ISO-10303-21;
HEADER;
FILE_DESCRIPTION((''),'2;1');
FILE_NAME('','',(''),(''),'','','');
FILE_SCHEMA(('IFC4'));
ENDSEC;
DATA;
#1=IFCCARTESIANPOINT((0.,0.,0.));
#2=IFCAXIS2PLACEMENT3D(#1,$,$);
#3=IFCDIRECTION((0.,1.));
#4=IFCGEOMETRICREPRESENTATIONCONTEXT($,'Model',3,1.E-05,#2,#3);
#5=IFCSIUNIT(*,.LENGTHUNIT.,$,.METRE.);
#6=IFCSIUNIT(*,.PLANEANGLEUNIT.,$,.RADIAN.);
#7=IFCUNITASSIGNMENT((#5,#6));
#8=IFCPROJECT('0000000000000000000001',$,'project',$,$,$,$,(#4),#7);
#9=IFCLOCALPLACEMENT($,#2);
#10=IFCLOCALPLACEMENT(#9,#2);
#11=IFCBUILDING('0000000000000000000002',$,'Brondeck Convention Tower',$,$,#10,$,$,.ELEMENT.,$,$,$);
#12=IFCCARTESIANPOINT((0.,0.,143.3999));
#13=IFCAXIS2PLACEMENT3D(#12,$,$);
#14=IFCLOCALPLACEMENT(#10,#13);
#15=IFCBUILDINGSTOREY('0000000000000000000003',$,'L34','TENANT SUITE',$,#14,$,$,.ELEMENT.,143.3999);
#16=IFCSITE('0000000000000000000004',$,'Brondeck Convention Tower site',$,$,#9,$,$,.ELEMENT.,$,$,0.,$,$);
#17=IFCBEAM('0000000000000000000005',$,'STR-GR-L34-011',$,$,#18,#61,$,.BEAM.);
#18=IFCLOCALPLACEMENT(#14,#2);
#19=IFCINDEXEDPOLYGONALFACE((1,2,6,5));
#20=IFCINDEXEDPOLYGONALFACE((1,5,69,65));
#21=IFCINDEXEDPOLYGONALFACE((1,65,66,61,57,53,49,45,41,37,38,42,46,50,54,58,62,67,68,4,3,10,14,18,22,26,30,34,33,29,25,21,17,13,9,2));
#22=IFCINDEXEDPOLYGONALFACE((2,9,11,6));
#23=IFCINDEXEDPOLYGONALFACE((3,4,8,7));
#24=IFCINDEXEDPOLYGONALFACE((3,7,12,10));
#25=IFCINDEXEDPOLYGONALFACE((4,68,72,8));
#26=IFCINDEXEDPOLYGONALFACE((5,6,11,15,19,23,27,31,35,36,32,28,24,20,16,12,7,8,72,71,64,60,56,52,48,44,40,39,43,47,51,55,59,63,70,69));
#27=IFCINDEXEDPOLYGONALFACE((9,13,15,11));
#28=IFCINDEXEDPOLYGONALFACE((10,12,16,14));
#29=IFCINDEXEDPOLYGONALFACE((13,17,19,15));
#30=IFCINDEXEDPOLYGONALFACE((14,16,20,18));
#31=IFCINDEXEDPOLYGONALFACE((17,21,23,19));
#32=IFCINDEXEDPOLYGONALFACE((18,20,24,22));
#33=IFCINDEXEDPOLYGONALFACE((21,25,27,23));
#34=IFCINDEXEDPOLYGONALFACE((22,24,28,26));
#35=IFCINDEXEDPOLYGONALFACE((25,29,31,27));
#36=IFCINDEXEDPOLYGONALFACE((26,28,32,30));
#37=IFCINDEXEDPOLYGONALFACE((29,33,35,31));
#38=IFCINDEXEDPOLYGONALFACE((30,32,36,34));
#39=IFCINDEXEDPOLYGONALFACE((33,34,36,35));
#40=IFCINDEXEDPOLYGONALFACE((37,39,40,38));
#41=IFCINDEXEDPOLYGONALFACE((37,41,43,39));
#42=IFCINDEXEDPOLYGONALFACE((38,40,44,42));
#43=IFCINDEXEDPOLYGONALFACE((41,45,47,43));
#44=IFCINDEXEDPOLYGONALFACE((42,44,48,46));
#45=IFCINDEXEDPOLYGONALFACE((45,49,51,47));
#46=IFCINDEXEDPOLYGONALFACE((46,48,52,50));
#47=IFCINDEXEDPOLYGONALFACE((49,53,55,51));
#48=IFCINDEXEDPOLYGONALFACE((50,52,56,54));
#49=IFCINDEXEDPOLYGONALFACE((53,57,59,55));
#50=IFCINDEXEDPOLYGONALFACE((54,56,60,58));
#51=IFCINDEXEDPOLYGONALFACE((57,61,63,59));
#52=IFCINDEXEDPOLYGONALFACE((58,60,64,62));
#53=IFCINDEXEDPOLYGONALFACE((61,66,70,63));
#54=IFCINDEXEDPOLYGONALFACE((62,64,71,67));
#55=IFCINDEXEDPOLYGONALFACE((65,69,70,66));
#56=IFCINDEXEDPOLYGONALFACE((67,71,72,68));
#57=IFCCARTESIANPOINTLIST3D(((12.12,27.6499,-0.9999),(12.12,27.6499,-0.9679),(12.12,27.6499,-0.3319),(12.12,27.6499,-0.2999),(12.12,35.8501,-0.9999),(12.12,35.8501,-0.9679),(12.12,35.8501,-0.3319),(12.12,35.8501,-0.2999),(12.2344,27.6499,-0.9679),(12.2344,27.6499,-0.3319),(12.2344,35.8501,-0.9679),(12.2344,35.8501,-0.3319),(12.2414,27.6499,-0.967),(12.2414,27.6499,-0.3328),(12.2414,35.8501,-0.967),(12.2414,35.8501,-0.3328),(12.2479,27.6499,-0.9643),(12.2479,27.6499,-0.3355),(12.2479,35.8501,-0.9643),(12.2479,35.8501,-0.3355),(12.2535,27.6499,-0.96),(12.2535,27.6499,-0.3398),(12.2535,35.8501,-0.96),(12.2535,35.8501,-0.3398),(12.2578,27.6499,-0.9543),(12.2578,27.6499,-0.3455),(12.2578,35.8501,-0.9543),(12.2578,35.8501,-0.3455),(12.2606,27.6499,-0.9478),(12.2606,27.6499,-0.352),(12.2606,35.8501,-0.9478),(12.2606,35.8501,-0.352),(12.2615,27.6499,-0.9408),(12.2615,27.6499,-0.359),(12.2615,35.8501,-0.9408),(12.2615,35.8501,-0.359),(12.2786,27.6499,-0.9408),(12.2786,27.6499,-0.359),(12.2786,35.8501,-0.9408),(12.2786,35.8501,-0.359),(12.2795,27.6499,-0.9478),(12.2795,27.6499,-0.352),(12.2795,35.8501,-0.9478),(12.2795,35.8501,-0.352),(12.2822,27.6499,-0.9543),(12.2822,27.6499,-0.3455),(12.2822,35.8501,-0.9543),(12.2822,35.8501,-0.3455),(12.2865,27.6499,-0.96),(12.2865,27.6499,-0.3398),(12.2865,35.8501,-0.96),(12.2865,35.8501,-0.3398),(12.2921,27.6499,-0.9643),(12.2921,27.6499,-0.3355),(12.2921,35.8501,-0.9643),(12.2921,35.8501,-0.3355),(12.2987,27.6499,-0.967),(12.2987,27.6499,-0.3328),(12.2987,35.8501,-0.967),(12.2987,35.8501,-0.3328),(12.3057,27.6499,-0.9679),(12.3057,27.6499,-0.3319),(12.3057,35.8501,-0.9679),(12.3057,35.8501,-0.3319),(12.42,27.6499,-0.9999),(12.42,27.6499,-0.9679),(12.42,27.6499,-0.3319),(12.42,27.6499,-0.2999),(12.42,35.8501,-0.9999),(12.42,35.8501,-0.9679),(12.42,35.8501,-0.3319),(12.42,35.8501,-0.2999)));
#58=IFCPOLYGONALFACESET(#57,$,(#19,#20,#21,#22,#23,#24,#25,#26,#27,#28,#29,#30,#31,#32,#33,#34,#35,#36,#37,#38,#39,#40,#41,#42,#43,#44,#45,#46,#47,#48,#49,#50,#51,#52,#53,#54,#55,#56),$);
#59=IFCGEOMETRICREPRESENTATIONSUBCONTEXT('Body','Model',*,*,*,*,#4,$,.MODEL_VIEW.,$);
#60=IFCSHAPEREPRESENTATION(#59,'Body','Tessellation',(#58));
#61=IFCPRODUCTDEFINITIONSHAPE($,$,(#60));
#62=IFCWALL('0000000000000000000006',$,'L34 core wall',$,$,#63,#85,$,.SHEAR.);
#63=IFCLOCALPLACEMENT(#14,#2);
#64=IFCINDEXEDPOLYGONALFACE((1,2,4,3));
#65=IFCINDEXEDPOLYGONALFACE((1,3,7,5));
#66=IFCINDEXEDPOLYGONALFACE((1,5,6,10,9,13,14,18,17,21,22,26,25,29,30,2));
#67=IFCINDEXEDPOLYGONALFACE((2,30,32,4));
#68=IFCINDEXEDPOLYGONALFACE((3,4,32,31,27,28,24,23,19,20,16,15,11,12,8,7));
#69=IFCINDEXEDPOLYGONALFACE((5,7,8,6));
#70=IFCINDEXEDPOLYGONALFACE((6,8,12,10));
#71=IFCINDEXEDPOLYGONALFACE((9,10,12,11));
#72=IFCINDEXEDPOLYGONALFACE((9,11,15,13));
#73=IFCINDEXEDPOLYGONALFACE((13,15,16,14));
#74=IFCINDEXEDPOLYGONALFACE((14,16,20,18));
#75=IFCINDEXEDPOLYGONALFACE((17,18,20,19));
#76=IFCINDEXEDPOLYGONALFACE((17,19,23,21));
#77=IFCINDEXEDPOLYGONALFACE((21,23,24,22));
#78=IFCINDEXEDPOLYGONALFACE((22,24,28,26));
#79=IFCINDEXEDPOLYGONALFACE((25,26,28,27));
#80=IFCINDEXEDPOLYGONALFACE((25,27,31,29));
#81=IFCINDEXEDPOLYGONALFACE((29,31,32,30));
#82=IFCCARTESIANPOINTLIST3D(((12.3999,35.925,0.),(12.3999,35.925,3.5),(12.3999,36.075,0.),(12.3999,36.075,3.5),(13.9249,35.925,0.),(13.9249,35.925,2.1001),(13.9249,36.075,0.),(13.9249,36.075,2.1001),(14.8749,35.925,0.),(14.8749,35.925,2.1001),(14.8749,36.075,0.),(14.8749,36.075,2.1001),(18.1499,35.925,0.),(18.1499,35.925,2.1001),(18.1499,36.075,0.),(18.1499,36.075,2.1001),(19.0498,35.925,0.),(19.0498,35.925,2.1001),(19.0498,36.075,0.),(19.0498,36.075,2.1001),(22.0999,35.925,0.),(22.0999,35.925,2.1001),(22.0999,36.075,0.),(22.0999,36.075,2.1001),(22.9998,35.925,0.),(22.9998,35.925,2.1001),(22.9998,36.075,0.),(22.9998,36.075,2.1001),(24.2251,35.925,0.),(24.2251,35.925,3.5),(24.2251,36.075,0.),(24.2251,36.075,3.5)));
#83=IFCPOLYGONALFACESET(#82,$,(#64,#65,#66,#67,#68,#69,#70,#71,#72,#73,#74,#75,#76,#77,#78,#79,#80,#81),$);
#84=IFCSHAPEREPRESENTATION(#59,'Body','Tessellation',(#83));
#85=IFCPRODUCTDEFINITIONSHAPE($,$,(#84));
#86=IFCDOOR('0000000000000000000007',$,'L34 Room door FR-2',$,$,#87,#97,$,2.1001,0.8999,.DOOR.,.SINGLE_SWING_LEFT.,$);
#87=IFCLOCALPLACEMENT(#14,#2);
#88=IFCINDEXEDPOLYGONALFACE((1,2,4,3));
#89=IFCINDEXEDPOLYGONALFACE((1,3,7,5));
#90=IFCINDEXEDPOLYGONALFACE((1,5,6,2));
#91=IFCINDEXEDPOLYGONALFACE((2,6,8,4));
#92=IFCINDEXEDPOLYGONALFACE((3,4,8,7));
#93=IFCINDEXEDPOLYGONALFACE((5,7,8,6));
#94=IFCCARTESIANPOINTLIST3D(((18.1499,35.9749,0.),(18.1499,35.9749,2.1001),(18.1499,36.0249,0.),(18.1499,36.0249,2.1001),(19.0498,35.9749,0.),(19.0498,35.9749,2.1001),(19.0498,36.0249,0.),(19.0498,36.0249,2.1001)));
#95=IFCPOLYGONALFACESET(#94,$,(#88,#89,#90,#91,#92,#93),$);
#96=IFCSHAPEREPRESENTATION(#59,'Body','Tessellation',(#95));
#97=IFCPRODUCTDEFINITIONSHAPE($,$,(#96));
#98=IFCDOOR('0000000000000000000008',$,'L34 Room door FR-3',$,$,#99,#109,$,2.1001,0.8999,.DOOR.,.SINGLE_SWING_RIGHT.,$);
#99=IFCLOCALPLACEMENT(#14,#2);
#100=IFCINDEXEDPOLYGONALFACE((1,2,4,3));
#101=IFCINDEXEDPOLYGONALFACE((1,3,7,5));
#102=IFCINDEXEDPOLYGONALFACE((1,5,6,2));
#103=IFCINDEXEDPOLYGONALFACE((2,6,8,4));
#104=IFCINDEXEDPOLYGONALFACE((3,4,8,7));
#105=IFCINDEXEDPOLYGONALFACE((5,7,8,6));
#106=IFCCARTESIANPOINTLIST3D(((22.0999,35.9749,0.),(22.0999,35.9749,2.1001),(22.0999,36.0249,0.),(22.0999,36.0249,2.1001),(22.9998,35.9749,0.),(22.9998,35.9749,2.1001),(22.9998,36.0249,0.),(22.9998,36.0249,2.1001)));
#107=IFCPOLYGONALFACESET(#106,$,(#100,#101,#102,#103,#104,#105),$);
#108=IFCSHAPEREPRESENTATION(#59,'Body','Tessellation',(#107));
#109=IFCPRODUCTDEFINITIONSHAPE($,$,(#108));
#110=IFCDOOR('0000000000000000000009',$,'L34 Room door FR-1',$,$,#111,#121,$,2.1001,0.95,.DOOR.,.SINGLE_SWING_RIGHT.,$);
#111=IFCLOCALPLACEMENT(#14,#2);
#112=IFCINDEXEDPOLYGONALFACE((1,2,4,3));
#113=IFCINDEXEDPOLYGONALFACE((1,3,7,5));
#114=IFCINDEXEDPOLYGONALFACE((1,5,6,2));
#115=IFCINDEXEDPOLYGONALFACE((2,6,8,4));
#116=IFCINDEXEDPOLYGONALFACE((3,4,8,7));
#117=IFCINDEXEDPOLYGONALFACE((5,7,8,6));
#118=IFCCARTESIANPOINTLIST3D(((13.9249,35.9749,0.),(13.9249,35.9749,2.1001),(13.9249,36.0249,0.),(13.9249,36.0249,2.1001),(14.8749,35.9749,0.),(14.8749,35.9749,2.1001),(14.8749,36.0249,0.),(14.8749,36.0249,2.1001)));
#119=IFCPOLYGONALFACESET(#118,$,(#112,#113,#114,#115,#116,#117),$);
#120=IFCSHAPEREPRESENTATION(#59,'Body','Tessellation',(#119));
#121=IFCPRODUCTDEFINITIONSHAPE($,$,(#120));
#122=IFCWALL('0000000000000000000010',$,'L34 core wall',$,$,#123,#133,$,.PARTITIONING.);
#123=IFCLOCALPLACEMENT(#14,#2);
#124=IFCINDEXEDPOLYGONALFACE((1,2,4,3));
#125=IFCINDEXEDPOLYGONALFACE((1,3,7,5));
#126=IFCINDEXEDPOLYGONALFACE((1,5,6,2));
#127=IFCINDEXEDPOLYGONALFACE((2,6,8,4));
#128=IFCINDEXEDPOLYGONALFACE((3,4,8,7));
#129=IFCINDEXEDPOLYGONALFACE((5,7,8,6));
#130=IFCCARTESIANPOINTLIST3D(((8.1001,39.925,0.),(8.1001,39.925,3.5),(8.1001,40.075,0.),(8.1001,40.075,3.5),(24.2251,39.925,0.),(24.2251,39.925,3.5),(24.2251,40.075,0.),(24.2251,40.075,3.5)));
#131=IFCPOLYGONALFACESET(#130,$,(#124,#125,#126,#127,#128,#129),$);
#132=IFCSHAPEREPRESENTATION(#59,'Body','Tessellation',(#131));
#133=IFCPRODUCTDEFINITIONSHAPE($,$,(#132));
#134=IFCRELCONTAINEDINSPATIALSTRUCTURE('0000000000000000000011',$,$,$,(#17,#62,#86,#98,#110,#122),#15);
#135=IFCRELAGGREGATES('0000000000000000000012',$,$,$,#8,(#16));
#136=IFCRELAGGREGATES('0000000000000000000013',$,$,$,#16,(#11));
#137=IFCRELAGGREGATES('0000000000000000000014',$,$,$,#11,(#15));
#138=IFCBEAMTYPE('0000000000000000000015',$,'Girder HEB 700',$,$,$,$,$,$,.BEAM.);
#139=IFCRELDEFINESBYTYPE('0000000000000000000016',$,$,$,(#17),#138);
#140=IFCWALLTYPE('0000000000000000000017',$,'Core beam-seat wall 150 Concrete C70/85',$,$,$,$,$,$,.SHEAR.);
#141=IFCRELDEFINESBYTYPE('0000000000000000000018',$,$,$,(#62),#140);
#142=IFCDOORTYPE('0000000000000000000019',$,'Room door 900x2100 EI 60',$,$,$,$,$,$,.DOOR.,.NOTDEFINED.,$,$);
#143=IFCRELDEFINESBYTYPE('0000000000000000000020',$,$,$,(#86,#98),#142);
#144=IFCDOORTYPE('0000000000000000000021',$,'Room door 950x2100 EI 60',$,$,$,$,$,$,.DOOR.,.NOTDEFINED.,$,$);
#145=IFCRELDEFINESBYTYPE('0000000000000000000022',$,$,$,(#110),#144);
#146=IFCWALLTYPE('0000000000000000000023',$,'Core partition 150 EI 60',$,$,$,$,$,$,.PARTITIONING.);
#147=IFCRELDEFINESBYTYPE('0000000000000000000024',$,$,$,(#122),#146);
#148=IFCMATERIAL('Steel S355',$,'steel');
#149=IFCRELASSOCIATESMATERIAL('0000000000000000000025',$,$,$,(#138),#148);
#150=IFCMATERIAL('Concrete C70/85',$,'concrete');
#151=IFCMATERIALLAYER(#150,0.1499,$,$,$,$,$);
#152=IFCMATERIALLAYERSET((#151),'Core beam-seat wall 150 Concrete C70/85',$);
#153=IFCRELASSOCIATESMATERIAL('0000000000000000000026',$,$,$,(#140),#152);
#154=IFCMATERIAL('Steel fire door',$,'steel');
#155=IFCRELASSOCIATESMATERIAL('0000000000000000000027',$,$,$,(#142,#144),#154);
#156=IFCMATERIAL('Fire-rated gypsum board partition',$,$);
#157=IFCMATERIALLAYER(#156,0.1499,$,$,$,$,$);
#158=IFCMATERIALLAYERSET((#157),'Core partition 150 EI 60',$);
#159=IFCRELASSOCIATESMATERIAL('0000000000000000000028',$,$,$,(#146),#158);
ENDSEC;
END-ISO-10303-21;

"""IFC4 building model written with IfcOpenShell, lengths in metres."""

from ifc_helpers import new_model, si_unit, direction, frame, frame_2d, origin, origin_2d, place, context, subcontext, project, spatial, rectangle, i_section, extrude, material, layer, layer_set, material_profile, profile_set, type_object, element, fill, save


model = new_model("IFC4")

# Units and contexts
model_context = context("Model", 3, precision=1e-05, world=origin(), true_north=direction((0.0, 1.0)))
body_context = subcontext(model_context, "Body", "Model", "MODEL_VIEW")
ifc_project = project(units=[si_unit("LENGTHUNIT", "METRE"), si_unit("PLANEANGLEUNIT", "RADIAN")], contexts=[model_context])

# Site, building, storey
site_placement = place(None, origin())
site = spatial("IfcSite", under=ifc_project, at=site_placement, Name="Brondeck Convention Tower site", CompositionType="ELEMENT", RefElevation=0.0)
building_placement = place(site_placement, origin())
building = spatial("IfcBuilding", under=site, at=building_placement, Name="Brondeck Convention Tower", CompositionType="ELEMENT")
storey_placement = place(building_placement, frame((0.0, 0.0, 143.3999)))
storey = spatial("IfcBuildingStorey", under=building, at=storey_placement, Name="L34", Description="TENANT SUITE", CompositionType="ELEMENT", Elevation=143.3999)

# Beam
ifc_material_1 = material(Name="Steel S355", Category="steel")
ifc_material_profile = material_profile(ifc_material_1, i_section(OverallWidth=0.3, OverallDepth=0.7, WebThickness=0.0171, FlangeThickness=0.032, FilletRadius=0.0271, at=origin_2d()), Name="HEB 700")
ifc_profile_set = profile_set([ifc_material_profile], Name="Steel S355")
beam_type = type_object("IfcBeamType", Name="Girder HEB 700", PredefinedType="BEAM", material=ifc_profile_set)
beam_placement = place(storey_placement, frame((12.27, 35.8501, -0.6499), z_axis=(0.0, -1.0, 0.0), x_axis=(1.0, 0.0, 0.0)))
element("IfcBeam", 1, at=beam_placement, inside=storey, type_object=beam_type, Name="STR-GR-L34-011", PredefinedType="BEAM", context=body_context, shape_type="SweptSolid", body=[
    extrude(i_section(OverallWidth=0.3, OverallDepth=0.7, WebThickness=0.0171, FlangeThickness=0.032, FilletRadius=0.0271, at=origin_2d()), origin(), (0.0, 0.0, 1.0), 8.2002),
])

# Wall, openings, doors
ifc_material_2 = material(Name="Concrete C70/85", Category="concrete")
ifc_layer_1 = layer(ifc_material_2, 0.1499)
ifc_layer_set_1 = layer_set([ifc_layer_1], Name="Core beam-seat wall 150 Concrete C70/85")
wall_type_1 = type_object("IfcWallType", Name="Core beam-seat wall 150 Concrete C70/85", PredefinedType="SHEAR", material=ifc_layer_set_1)
wall_1_placement = place(storey_placement, frame((12.3999, 36.0, 0.0), z_axis=(0.0, 0.0, 1.0), x_axis=(1.0, 0.0, 0.0)))
wall_1 = element("IfcWall", 2, at=wall_1_placement, inside=storey, type_object=wall_type_1, Name="L34 core wall", PredefinedType="SHEAR", context=body_context, shape_type="SweptSolid", body=[
    extrude(rectangle(XDim=11.8252, YDim=0.1499, at=frame_2d((5.9126, 0.0))), origin(), (0.0, 0.0, 1.0), 3.5),
])
opening_1_placement = place(wall_1_placement, frame((1.5249, 0.0, 0.0)))
opening_1 = element("IfcOpeningElement", 3, at=opening_1_placement, cuts=wall_1, PredefinedType="OPENING", context=body_context, shape_type="SweptSolid", body=[
    extrude(rectangle(XDim=0.95, YDim=2.1001, at=frame_2d((0.4751, 1.05))), frame((0.0, 0.085, 0.0), z_axis=(0.0, -1.0, 0.0), x_axis=(1.0, 0.0, 0.0)), (0.0, 0.0, 1.0), 0.1699),
])
opening_2_placement = place(wall_1_placement, frame((5.75, 0.0, 0.0)))
opening_2 = element("IfcOpeningElement", 4, at=opening_2_placement, cuts=wall_1, PredefinedType="OPENING", context=body_context, shape_type="SweptSolid", body=[
    extrude(rectangle(XDim=0.8999, YDim=2.1001, at=frame_2d((0.45, 1.05))), frame((0.0, 0.085, 0.0), z_axis=(0.0, -1.0, 0.0), x_axis=(1.0, 0.0, 0.0)), (0.0, 0.0, 1.0), 0.1699),
])
opening_3_placement = place(wall_1_placement, frame((9.7, 0.0, 0.0)))
opening_3 = element("IfcOpeningElement", 5, at=opening_3_placement, cuts=wall_1, PredefinedType="OPENING", context=body_context, shape_type="SweptSolid", body=[
    extrude(rectangle(XDim=0.8999, YDim=2.1001, at=frame_2d((0.45, 1.05))), frame((0.0, 0.085, 0.0), z_axis=(0.0, -1.0, 0.0), x_axis=(1.0, 0.0, 0.0)), (0.0, 0.0, 1.0), 0.1699),
])
ifc_material_3 = material(Name="Steel fire door", Category="steel")
door_type_1 = type_object("IfcDoorType", Name="Room door 900x2100 EI 60", OperationType="NOTDEFINED", PredefinedType="DOOR", material=ifc_material_3)
door_1_placement = place(opening_2_placement, origin())
door_1 = element("IfcDoor", 6, at=door_1_placement, inside=storey, type_object=door_type_1, Name="L34 Room door FR-2", OperationType="SINGLE_SWING_LEFT", OverallHeight=2.1001, OverallWidth=0.8999, PredefinedType="DOOR", context=body_context, shape_type="SweptSolid", body=[
    extrude(rectangle(XDim=0.8999, YDim=2.1001, at=frame_2d((0.45, 1.05))), frame((0.0, 0.0249, 0.0), z_axis=(0.0, -1.0, 0.0), x_axis=(1.0, 0.0, 0.0)), (0.0, 0.0, 1.0), 0.05),
])
fill(opening_2, door_1)
door_2_placement = place(opening_3_placement, origin())
door_2 = element("IfcDoor", 7, at=door_2_placement, inside=storey, type_object=door_type_1, Name="L34 Room door FR-3", OperationType="SINGLE_SWING_RIGHT", OverallHeight=2.1001, OverallWidth=0.8999, PredefinedType="DOOR", context=body_context, shape_type="SweptSolid", body=[
    extrude(rectangle(XDim=0.8999, YDim=2.1001, at=frame_2d((0.45, 1.05))), frame((0.0, 0.0249, 0.0), z_axis=(0.0, -1.0, 0.0), x_axis=(1.0, 0.0, 0.0)), (0.0, 0.0, 1.0), 0.05),
])
fill(opening_3, door_2)
door_type_2 = type_object("IfcDoorType", Name="Room door 950x2100 EI 60", OperationType="NOTDEFINED", PredefinedType="DOOR", material=ifc_material_3)
door_3_placement = place(opening_1_placement, origin())
door_3 = element("IfcDoor", 8, at=door_3_placement, inside=storey, type_object=door_type_2, Name="L34 Room door FR-1", OperationType="SINGLE_SWING_RIGHT", OverallHeight=2.1001, OverallWidth=0.95, PredefinedType="DOOR", context=body_context, shape_type="SweptSolid", body=[
    extrude(rectangle(XDim=0.95, YDim=2.1001, at=frame_2d((0.4751, 1.05))), frame((0.0, 0.0249, 0.0), z_axis=(0.0, -1.0, 0.0), x_axis=(1.0, 0.0, 0.0)), (0.0, 0.0, 1.0), 0.05),
])
fill(opening_1, door_3)

# Wall
ifc_material_4 = material(Name="Fire-rated gypsum board partition")
ifc_layer_2 = layer(ifc_material_4, 0.1499)
ifc_layer_set_2 = layer_set([ifc_layer_2], Name="Core partition 150 EI 60")
wall_type_2 = type_object("IfcWallType", Name="Core partition 150 EI 60", PredefinedType="PARTITIONING", material=ifc_layer_set_2)
wall_2_placement = place(storey_placement, frame((8.1001, 40.0, 0.0), z_axis=(0.0, 0.0, 1.0), x_axis=(1.0, 0.0, 0.0)))
element("IfcWall", 9, at=wall_2_placement, inside=storey, type_object=wall_type_2, Name="L34 core wall", PredefinedType="PARTITIONING", context=body_context, shape_type="SweptSolid", body=[
    extrude(rectangle(XDim=16.125, YDim=0.1499, at=frame_2d((8.0625, 0.0))), origin(), (0.0, 0.0, 1.0), 3.5),
])

save(model, "model.ifc")
